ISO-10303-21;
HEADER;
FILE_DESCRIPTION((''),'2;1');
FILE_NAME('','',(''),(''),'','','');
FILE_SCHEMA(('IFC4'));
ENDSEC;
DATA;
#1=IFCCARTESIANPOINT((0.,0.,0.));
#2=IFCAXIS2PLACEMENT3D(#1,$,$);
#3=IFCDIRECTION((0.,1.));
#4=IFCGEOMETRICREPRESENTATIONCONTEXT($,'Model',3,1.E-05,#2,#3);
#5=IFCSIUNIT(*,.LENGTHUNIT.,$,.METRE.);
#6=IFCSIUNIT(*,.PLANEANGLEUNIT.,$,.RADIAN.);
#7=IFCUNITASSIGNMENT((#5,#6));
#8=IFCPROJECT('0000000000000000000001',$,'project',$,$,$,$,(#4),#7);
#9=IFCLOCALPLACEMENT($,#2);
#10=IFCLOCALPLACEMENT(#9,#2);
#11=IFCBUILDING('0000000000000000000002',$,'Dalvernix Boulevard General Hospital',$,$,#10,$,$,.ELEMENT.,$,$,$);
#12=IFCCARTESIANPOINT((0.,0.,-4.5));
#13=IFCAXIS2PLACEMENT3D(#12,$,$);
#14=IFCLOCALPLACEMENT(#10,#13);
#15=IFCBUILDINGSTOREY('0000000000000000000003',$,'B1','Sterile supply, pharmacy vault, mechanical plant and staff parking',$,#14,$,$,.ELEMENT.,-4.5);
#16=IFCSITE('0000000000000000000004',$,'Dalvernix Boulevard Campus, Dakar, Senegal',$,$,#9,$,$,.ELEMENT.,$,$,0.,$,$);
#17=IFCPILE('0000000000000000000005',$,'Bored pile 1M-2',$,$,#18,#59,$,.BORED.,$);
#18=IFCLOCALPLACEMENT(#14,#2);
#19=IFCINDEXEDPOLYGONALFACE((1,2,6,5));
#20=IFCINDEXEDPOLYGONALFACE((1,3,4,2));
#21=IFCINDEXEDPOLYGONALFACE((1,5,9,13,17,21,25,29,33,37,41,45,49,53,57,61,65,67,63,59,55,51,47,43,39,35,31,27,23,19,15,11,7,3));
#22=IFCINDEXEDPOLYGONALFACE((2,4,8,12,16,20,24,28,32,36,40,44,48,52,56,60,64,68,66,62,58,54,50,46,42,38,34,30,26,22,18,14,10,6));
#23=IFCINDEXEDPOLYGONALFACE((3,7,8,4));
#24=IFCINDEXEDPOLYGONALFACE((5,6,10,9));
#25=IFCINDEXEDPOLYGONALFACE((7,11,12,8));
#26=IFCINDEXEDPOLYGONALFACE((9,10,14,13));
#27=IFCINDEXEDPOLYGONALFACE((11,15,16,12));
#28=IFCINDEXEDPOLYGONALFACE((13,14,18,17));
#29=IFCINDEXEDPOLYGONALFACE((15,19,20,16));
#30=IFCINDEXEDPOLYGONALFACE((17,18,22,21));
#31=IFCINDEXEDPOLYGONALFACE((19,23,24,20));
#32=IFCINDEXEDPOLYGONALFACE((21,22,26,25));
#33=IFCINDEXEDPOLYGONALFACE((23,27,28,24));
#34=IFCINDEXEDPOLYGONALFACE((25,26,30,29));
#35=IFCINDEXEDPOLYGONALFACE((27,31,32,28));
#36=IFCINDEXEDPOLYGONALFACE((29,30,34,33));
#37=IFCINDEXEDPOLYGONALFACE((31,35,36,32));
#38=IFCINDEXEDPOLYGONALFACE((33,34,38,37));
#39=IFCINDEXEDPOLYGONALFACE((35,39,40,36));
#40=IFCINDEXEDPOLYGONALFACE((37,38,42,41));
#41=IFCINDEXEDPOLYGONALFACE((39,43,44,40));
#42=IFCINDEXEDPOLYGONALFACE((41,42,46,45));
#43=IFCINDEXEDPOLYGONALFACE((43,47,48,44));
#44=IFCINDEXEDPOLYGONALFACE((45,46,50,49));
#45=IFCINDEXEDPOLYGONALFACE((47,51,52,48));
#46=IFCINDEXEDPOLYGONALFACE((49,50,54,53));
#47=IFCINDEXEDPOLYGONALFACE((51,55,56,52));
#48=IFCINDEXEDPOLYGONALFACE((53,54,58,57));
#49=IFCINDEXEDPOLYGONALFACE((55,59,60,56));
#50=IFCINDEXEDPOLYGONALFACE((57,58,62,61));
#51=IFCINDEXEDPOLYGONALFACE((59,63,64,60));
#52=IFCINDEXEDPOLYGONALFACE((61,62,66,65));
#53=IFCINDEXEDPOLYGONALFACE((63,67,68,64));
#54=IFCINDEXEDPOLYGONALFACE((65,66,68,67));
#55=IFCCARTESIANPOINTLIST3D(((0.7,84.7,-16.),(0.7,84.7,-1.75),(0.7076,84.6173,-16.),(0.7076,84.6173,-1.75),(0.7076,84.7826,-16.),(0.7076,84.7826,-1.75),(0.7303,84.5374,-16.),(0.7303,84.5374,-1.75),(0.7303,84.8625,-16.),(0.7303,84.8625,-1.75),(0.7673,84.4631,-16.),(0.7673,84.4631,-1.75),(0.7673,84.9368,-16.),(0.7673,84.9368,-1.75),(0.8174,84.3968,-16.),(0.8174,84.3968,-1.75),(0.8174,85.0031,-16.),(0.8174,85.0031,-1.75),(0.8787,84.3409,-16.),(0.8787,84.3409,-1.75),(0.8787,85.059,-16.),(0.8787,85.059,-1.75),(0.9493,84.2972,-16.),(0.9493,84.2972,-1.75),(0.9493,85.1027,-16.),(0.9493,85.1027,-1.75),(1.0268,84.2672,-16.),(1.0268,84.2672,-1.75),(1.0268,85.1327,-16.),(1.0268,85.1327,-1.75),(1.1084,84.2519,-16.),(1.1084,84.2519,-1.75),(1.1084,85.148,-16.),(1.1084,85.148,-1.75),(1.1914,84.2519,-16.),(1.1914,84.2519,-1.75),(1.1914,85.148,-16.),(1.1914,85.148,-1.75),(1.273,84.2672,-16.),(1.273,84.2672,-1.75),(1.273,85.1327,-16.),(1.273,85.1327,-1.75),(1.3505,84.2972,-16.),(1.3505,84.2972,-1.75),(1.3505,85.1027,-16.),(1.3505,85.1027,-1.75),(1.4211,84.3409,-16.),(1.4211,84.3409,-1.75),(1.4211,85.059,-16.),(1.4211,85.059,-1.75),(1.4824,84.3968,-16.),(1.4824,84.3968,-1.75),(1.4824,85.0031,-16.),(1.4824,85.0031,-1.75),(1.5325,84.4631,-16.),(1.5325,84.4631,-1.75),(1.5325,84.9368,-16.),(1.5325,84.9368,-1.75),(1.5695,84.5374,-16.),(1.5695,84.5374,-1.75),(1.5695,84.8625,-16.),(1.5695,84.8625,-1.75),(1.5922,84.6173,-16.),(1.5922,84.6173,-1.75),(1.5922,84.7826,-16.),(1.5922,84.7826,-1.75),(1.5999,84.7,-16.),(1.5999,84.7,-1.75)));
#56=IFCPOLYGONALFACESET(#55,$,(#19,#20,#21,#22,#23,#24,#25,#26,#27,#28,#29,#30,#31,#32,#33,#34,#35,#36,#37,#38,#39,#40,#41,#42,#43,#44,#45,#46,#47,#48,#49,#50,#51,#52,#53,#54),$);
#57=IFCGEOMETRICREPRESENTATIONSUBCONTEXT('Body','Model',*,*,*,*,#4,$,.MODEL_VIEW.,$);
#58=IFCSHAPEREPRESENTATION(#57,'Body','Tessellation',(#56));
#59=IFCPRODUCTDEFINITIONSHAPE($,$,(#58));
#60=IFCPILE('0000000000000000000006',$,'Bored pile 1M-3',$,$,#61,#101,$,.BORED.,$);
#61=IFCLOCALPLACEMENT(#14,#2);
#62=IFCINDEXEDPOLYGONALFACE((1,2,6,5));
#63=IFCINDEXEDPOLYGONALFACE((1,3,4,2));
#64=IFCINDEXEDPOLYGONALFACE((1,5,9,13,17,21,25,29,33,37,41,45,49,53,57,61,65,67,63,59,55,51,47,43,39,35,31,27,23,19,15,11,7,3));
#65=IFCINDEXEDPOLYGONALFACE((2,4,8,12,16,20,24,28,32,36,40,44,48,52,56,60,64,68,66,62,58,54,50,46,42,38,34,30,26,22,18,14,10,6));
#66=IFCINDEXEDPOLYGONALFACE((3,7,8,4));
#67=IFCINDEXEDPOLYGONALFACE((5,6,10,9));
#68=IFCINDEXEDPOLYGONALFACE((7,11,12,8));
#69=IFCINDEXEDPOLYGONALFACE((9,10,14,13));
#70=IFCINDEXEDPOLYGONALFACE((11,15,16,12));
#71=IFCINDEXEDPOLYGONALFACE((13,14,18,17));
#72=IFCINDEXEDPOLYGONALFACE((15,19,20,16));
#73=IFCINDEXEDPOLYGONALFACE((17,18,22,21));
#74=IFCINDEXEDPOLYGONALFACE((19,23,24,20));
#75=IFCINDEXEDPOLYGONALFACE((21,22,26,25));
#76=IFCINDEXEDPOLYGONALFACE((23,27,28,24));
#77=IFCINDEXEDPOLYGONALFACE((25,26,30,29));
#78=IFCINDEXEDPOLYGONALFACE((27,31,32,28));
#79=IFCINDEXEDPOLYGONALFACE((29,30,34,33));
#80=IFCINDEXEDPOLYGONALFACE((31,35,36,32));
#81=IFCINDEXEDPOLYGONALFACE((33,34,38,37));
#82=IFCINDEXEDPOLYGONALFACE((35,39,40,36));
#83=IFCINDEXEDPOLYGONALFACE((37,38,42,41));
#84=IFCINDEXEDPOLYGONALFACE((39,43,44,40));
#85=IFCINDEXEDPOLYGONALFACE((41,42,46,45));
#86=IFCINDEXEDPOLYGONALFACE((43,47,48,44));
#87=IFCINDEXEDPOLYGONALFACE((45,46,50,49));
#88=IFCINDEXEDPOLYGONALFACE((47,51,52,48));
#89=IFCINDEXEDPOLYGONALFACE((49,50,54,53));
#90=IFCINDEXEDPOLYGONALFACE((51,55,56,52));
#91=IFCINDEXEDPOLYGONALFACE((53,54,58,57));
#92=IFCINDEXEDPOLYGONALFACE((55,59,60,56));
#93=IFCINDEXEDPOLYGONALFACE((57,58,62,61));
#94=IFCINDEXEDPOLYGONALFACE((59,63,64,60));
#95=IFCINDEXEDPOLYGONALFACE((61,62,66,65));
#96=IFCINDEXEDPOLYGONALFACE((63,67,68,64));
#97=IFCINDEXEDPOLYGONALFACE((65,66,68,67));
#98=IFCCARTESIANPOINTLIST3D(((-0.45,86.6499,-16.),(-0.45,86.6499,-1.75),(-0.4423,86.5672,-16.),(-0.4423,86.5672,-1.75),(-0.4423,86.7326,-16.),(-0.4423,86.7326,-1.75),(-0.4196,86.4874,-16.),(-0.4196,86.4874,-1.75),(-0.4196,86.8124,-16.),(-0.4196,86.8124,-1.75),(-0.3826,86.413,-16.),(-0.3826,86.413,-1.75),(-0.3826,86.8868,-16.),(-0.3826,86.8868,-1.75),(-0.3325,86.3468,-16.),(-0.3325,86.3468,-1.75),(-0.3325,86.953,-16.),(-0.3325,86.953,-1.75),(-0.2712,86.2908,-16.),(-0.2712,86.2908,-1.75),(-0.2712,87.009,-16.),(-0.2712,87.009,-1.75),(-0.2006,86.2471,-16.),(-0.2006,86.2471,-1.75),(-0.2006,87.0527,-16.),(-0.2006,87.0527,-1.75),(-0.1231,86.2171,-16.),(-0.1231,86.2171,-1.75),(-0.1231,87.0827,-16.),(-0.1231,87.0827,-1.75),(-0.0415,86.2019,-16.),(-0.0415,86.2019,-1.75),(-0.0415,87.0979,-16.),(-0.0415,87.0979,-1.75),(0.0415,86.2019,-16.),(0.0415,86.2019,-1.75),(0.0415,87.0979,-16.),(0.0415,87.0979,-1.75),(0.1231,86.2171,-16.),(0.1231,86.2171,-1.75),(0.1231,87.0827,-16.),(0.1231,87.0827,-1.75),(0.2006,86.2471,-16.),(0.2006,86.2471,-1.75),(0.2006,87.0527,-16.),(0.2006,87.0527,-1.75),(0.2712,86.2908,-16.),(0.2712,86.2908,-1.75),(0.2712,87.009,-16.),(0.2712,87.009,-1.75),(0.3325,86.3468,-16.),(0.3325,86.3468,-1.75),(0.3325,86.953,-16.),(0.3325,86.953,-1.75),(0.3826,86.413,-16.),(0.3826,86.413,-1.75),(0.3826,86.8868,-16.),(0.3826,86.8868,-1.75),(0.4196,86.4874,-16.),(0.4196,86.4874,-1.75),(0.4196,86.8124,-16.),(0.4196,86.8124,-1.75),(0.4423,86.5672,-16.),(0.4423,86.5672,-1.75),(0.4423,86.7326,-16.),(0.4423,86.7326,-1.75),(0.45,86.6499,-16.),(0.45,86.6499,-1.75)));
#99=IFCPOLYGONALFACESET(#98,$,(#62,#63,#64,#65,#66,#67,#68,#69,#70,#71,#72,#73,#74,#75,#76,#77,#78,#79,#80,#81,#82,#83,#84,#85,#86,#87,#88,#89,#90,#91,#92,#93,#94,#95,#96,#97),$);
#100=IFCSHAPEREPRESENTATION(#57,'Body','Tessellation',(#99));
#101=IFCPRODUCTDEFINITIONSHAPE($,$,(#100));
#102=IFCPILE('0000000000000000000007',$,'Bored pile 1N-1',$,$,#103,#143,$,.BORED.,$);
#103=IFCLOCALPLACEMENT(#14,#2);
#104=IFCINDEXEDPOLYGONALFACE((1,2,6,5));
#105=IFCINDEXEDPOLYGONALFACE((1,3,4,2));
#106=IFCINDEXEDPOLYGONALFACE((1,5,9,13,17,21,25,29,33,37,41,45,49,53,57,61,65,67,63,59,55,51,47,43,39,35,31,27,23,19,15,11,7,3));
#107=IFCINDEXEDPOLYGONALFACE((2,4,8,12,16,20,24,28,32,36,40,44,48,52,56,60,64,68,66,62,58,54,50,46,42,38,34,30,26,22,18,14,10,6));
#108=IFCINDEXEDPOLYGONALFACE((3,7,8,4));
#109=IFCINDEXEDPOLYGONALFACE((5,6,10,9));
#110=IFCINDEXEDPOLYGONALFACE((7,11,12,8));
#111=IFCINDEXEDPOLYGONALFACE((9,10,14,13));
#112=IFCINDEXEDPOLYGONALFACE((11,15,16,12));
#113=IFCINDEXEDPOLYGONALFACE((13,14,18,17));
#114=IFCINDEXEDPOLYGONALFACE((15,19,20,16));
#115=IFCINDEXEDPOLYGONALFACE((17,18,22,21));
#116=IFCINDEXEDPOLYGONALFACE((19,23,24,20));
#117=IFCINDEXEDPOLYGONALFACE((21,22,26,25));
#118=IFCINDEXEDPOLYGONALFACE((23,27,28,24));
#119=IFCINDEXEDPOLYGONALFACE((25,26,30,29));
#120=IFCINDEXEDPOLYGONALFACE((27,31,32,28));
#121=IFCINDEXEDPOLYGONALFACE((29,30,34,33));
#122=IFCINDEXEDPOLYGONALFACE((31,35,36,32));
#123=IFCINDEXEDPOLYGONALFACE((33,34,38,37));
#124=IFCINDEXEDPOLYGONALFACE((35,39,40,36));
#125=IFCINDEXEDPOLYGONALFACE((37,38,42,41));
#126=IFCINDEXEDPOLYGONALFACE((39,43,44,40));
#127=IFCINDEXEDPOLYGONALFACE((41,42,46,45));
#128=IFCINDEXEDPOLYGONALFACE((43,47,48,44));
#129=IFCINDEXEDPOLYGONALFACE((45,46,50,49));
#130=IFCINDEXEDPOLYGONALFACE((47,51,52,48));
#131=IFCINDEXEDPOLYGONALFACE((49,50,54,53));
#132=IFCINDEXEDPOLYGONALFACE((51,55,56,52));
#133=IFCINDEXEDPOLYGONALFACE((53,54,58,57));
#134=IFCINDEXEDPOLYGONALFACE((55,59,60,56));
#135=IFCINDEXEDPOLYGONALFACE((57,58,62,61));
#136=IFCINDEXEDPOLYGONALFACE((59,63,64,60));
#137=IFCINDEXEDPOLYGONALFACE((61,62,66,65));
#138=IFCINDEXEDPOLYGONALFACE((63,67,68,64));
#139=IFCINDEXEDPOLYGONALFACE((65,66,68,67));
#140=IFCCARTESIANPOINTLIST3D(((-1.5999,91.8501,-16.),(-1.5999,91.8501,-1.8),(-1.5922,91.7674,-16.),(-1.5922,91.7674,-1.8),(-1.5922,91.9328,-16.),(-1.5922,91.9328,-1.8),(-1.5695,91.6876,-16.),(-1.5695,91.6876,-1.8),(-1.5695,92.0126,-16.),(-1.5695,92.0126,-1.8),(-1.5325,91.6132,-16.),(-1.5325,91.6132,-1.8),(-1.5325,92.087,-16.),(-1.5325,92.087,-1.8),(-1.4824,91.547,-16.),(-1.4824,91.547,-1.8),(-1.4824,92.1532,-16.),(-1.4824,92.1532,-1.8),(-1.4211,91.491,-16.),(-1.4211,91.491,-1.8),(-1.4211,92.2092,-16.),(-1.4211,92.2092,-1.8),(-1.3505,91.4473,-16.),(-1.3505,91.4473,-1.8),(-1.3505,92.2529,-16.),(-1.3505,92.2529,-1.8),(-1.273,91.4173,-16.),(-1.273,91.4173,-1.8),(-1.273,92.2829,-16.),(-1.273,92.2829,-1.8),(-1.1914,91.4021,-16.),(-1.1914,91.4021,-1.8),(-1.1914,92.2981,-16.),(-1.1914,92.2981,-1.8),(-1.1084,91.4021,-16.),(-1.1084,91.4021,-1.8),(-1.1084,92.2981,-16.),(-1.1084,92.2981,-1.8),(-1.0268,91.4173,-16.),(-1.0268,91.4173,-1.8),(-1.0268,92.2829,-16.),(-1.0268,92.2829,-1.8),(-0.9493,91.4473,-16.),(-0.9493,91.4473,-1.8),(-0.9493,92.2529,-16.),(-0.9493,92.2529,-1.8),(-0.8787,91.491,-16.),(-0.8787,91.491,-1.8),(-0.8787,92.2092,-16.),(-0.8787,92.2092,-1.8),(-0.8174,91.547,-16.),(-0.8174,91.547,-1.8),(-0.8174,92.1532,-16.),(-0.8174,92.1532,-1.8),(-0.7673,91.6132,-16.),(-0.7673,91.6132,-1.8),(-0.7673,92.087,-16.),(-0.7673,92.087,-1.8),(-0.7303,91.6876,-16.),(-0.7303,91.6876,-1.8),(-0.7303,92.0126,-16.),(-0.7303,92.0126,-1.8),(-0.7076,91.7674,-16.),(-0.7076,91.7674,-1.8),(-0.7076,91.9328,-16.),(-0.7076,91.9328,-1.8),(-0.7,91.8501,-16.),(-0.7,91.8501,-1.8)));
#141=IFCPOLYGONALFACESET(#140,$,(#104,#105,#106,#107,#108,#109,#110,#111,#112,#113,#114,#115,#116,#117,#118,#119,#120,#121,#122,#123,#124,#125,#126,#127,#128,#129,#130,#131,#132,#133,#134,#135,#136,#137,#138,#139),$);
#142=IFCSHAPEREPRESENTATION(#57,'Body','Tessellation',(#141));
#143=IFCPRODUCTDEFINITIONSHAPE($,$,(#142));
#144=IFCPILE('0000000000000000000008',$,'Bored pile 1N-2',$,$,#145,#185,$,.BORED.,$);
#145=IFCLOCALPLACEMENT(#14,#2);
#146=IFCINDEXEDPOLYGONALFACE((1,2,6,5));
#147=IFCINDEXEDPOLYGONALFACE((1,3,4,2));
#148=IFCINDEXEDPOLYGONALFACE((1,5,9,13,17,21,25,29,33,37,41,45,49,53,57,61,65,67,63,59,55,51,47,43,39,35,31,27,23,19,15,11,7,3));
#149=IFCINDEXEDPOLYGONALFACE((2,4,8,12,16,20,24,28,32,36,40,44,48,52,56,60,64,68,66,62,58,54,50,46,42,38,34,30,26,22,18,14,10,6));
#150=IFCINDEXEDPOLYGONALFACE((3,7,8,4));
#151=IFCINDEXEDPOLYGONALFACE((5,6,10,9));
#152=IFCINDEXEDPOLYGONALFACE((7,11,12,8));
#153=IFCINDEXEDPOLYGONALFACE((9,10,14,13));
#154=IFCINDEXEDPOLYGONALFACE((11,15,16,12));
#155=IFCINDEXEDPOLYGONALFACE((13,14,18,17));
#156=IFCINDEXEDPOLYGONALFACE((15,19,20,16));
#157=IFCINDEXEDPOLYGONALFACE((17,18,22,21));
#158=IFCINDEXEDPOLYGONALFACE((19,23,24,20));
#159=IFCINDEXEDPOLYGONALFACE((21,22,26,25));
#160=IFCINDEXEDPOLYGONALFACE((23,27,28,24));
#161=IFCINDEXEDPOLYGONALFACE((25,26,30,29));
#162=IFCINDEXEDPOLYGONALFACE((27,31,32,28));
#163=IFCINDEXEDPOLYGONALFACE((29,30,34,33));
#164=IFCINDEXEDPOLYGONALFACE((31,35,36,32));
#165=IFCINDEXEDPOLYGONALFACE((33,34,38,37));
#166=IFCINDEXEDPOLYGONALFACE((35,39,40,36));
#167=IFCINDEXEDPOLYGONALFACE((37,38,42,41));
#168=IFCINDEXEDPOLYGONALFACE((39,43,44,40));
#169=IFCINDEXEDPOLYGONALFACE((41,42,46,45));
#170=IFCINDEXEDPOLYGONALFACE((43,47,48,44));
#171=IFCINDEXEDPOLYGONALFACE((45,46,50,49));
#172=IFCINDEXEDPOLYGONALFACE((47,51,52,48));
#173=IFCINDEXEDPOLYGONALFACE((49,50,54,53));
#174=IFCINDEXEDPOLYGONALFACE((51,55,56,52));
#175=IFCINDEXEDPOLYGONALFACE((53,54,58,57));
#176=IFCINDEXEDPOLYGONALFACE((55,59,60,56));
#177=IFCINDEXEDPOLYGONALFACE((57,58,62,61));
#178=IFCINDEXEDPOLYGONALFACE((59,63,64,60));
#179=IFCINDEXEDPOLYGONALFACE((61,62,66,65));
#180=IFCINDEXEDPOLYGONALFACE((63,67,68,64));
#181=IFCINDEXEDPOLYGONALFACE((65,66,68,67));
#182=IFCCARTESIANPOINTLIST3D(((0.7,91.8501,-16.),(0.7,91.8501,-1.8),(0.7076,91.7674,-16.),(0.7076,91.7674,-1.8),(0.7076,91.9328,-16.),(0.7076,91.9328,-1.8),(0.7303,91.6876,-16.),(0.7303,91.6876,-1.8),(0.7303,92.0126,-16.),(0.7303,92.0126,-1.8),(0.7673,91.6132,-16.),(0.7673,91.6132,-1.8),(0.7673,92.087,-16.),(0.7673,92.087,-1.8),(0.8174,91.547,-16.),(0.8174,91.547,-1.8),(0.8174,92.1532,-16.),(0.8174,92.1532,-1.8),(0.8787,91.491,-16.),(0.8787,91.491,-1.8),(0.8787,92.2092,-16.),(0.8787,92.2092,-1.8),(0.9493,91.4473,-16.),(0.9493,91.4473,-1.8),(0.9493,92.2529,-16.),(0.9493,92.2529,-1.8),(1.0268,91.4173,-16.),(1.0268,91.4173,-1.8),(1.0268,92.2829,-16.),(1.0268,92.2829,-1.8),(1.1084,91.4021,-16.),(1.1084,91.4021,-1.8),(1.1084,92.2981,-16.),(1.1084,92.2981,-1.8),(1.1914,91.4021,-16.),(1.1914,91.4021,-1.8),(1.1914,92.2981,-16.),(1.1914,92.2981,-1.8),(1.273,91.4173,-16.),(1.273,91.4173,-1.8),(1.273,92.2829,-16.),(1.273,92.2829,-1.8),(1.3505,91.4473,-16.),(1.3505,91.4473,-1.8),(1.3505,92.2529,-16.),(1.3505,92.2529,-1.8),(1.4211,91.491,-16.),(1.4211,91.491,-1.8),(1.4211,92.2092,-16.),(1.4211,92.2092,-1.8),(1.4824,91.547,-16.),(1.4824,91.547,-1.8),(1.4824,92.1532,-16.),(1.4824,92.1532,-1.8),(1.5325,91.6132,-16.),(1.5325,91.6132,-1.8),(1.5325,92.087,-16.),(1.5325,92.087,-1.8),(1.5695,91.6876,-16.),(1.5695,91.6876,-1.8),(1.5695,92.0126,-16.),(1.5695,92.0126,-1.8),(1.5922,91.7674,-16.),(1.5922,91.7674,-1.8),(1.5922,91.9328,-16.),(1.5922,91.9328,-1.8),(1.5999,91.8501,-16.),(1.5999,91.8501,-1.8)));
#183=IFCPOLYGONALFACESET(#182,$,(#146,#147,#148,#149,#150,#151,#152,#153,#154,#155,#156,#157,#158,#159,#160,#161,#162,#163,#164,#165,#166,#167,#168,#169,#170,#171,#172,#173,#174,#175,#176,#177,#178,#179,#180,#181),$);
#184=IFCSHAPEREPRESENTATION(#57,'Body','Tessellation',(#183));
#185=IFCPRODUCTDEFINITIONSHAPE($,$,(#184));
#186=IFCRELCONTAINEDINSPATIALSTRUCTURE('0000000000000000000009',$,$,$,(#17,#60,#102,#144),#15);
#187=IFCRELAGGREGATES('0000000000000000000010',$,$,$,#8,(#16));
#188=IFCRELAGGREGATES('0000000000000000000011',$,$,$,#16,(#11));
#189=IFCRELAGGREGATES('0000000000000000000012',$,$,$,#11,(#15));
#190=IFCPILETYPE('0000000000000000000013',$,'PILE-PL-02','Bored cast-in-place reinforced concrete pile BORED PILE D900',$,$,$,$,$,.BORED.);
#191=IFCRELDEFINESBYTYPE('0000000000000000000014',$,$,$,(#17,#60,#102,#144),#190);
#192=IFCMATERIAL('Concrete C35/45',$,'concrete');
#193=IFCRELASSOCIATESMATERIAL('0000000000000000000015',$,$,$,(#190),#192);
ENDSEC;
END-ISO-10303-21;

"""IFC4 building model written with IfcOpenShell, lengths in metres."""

from ifc_helpers import new_model, si_unit, direction, frame, origin, origin_2d, place, context, subcontext, project, spatial, circle, extrude, material, material_profile, profile_set, type_object, element, save


model = new_model("IFC4")

# Units and contexts
model_context = context("Model", 3, precision=1e-05, world=origin(), true_north=direction((0.0, 1.0)))
body_context = subcontext(model_context, "Body", "Model", "MODEL_VIEW")
ifc_project = project(units=[si_unit("LENGTHUNIT", "METRE"), si_unit("PLANEANGLEUNIT", "RADIAN")], contexts=[model_context])

# Site, building, storey
site_placement = place(None, origin())
site = spatial("IfcSite", under=ifc_project, at=site_placement, Name="Dalvernix Boulevard Campus, Dakar, Senegal", CompositionType="ELEMENT", RefElevation=0.0)
building_placement = place(site_placement, origin())
building = spatial("IfcBuilding", under=site, at=building_placement, Name="Dalvernix Boulevard General Hospital", CompositionType="ELEMENT")
storey_placement = place(building_placement, frame((0.0, 0.0, -4.5)))
storey = spatial("IfcBuildingStorey", under=building, at=storey_placement, Name="B1", Description="Sterile supply, pharmacy vault, mechanical plant and staff parking", CompositionType="ELEMENT", Elevation=-4.5)

# Shared definitions
ifc_material_1 = material(Name="Concrete C35/45", Category="concrete")

# Piles
ifc_material_profile_1 = material_profile(ifc_material_1, circle(Radius=0.45, at=origin_2d()), Name="BORED PILE D900")
ifc_profile_set_1 = profile_set([ifc_material_profile_1], Name="Concrete C35/45")
pile_type_1 = type_object("IfcPileType", Name="PILE-PL-02", Description="Bored cast-in-place reinforced concrete pile BORED PILE D900", PredefinedType="BORED", material=ifc_profile_set_1)
for number, where, z_axis, x_axis, name in (
    (1, (1.1499, 84.7, -1.75), (0.0, 0.0, -1.0), (1.0, 0.0, 0.0), "Bored pile 1M-2"),
    (2, (0.0, 86.6499, -1.75), (0.0, 0.0, -1.0), (1.0, 0.0, 0.0), "Bored pile 1M-3"),
):
    element("IfcPile", number, at=place(storey_placement, frame(where, z_axis=z_axis, x_axis=x_axis)), inside=storey, type_object=pile_type_1, Name=name, PredefinedType="BORED", context=body_context, shape_type="SweptSolid", body=[
        extrude(circle(Radius=0.45, at=origin_2d()), origin(), (0.0, 0.0, 1.0), 14.25),
    ])
for number, where, z_axis, x_axis, name in (
    (3, (-1.1499, 91.8501, -1.8), (0.0, 0.0, -1.0), (1.0, 0.0, 0.0), "Bored pile 1N-1"),
    (4, (1.1499, 91.8501, -1.8), (0.0, 0.0, -1.0), (1.0, 0.0, 0.0), "Bored pile 1N-2"),
):
    element("IfcPile", number, at=place(storey_placement, frame(where, z_axis=z_axis, x_axis=x_axis)), inside=storey, type_object=pile_type_1, Name=name, PredefinedType="BORED", context=body_context, shape_type="SweptSolid", body=[
        extrude(circle(Radius=0.45, at=origin_2d()), origin(), (0.0, 0.0, 1.0), 14.2),
    ])

save(model, "model.ifc")
